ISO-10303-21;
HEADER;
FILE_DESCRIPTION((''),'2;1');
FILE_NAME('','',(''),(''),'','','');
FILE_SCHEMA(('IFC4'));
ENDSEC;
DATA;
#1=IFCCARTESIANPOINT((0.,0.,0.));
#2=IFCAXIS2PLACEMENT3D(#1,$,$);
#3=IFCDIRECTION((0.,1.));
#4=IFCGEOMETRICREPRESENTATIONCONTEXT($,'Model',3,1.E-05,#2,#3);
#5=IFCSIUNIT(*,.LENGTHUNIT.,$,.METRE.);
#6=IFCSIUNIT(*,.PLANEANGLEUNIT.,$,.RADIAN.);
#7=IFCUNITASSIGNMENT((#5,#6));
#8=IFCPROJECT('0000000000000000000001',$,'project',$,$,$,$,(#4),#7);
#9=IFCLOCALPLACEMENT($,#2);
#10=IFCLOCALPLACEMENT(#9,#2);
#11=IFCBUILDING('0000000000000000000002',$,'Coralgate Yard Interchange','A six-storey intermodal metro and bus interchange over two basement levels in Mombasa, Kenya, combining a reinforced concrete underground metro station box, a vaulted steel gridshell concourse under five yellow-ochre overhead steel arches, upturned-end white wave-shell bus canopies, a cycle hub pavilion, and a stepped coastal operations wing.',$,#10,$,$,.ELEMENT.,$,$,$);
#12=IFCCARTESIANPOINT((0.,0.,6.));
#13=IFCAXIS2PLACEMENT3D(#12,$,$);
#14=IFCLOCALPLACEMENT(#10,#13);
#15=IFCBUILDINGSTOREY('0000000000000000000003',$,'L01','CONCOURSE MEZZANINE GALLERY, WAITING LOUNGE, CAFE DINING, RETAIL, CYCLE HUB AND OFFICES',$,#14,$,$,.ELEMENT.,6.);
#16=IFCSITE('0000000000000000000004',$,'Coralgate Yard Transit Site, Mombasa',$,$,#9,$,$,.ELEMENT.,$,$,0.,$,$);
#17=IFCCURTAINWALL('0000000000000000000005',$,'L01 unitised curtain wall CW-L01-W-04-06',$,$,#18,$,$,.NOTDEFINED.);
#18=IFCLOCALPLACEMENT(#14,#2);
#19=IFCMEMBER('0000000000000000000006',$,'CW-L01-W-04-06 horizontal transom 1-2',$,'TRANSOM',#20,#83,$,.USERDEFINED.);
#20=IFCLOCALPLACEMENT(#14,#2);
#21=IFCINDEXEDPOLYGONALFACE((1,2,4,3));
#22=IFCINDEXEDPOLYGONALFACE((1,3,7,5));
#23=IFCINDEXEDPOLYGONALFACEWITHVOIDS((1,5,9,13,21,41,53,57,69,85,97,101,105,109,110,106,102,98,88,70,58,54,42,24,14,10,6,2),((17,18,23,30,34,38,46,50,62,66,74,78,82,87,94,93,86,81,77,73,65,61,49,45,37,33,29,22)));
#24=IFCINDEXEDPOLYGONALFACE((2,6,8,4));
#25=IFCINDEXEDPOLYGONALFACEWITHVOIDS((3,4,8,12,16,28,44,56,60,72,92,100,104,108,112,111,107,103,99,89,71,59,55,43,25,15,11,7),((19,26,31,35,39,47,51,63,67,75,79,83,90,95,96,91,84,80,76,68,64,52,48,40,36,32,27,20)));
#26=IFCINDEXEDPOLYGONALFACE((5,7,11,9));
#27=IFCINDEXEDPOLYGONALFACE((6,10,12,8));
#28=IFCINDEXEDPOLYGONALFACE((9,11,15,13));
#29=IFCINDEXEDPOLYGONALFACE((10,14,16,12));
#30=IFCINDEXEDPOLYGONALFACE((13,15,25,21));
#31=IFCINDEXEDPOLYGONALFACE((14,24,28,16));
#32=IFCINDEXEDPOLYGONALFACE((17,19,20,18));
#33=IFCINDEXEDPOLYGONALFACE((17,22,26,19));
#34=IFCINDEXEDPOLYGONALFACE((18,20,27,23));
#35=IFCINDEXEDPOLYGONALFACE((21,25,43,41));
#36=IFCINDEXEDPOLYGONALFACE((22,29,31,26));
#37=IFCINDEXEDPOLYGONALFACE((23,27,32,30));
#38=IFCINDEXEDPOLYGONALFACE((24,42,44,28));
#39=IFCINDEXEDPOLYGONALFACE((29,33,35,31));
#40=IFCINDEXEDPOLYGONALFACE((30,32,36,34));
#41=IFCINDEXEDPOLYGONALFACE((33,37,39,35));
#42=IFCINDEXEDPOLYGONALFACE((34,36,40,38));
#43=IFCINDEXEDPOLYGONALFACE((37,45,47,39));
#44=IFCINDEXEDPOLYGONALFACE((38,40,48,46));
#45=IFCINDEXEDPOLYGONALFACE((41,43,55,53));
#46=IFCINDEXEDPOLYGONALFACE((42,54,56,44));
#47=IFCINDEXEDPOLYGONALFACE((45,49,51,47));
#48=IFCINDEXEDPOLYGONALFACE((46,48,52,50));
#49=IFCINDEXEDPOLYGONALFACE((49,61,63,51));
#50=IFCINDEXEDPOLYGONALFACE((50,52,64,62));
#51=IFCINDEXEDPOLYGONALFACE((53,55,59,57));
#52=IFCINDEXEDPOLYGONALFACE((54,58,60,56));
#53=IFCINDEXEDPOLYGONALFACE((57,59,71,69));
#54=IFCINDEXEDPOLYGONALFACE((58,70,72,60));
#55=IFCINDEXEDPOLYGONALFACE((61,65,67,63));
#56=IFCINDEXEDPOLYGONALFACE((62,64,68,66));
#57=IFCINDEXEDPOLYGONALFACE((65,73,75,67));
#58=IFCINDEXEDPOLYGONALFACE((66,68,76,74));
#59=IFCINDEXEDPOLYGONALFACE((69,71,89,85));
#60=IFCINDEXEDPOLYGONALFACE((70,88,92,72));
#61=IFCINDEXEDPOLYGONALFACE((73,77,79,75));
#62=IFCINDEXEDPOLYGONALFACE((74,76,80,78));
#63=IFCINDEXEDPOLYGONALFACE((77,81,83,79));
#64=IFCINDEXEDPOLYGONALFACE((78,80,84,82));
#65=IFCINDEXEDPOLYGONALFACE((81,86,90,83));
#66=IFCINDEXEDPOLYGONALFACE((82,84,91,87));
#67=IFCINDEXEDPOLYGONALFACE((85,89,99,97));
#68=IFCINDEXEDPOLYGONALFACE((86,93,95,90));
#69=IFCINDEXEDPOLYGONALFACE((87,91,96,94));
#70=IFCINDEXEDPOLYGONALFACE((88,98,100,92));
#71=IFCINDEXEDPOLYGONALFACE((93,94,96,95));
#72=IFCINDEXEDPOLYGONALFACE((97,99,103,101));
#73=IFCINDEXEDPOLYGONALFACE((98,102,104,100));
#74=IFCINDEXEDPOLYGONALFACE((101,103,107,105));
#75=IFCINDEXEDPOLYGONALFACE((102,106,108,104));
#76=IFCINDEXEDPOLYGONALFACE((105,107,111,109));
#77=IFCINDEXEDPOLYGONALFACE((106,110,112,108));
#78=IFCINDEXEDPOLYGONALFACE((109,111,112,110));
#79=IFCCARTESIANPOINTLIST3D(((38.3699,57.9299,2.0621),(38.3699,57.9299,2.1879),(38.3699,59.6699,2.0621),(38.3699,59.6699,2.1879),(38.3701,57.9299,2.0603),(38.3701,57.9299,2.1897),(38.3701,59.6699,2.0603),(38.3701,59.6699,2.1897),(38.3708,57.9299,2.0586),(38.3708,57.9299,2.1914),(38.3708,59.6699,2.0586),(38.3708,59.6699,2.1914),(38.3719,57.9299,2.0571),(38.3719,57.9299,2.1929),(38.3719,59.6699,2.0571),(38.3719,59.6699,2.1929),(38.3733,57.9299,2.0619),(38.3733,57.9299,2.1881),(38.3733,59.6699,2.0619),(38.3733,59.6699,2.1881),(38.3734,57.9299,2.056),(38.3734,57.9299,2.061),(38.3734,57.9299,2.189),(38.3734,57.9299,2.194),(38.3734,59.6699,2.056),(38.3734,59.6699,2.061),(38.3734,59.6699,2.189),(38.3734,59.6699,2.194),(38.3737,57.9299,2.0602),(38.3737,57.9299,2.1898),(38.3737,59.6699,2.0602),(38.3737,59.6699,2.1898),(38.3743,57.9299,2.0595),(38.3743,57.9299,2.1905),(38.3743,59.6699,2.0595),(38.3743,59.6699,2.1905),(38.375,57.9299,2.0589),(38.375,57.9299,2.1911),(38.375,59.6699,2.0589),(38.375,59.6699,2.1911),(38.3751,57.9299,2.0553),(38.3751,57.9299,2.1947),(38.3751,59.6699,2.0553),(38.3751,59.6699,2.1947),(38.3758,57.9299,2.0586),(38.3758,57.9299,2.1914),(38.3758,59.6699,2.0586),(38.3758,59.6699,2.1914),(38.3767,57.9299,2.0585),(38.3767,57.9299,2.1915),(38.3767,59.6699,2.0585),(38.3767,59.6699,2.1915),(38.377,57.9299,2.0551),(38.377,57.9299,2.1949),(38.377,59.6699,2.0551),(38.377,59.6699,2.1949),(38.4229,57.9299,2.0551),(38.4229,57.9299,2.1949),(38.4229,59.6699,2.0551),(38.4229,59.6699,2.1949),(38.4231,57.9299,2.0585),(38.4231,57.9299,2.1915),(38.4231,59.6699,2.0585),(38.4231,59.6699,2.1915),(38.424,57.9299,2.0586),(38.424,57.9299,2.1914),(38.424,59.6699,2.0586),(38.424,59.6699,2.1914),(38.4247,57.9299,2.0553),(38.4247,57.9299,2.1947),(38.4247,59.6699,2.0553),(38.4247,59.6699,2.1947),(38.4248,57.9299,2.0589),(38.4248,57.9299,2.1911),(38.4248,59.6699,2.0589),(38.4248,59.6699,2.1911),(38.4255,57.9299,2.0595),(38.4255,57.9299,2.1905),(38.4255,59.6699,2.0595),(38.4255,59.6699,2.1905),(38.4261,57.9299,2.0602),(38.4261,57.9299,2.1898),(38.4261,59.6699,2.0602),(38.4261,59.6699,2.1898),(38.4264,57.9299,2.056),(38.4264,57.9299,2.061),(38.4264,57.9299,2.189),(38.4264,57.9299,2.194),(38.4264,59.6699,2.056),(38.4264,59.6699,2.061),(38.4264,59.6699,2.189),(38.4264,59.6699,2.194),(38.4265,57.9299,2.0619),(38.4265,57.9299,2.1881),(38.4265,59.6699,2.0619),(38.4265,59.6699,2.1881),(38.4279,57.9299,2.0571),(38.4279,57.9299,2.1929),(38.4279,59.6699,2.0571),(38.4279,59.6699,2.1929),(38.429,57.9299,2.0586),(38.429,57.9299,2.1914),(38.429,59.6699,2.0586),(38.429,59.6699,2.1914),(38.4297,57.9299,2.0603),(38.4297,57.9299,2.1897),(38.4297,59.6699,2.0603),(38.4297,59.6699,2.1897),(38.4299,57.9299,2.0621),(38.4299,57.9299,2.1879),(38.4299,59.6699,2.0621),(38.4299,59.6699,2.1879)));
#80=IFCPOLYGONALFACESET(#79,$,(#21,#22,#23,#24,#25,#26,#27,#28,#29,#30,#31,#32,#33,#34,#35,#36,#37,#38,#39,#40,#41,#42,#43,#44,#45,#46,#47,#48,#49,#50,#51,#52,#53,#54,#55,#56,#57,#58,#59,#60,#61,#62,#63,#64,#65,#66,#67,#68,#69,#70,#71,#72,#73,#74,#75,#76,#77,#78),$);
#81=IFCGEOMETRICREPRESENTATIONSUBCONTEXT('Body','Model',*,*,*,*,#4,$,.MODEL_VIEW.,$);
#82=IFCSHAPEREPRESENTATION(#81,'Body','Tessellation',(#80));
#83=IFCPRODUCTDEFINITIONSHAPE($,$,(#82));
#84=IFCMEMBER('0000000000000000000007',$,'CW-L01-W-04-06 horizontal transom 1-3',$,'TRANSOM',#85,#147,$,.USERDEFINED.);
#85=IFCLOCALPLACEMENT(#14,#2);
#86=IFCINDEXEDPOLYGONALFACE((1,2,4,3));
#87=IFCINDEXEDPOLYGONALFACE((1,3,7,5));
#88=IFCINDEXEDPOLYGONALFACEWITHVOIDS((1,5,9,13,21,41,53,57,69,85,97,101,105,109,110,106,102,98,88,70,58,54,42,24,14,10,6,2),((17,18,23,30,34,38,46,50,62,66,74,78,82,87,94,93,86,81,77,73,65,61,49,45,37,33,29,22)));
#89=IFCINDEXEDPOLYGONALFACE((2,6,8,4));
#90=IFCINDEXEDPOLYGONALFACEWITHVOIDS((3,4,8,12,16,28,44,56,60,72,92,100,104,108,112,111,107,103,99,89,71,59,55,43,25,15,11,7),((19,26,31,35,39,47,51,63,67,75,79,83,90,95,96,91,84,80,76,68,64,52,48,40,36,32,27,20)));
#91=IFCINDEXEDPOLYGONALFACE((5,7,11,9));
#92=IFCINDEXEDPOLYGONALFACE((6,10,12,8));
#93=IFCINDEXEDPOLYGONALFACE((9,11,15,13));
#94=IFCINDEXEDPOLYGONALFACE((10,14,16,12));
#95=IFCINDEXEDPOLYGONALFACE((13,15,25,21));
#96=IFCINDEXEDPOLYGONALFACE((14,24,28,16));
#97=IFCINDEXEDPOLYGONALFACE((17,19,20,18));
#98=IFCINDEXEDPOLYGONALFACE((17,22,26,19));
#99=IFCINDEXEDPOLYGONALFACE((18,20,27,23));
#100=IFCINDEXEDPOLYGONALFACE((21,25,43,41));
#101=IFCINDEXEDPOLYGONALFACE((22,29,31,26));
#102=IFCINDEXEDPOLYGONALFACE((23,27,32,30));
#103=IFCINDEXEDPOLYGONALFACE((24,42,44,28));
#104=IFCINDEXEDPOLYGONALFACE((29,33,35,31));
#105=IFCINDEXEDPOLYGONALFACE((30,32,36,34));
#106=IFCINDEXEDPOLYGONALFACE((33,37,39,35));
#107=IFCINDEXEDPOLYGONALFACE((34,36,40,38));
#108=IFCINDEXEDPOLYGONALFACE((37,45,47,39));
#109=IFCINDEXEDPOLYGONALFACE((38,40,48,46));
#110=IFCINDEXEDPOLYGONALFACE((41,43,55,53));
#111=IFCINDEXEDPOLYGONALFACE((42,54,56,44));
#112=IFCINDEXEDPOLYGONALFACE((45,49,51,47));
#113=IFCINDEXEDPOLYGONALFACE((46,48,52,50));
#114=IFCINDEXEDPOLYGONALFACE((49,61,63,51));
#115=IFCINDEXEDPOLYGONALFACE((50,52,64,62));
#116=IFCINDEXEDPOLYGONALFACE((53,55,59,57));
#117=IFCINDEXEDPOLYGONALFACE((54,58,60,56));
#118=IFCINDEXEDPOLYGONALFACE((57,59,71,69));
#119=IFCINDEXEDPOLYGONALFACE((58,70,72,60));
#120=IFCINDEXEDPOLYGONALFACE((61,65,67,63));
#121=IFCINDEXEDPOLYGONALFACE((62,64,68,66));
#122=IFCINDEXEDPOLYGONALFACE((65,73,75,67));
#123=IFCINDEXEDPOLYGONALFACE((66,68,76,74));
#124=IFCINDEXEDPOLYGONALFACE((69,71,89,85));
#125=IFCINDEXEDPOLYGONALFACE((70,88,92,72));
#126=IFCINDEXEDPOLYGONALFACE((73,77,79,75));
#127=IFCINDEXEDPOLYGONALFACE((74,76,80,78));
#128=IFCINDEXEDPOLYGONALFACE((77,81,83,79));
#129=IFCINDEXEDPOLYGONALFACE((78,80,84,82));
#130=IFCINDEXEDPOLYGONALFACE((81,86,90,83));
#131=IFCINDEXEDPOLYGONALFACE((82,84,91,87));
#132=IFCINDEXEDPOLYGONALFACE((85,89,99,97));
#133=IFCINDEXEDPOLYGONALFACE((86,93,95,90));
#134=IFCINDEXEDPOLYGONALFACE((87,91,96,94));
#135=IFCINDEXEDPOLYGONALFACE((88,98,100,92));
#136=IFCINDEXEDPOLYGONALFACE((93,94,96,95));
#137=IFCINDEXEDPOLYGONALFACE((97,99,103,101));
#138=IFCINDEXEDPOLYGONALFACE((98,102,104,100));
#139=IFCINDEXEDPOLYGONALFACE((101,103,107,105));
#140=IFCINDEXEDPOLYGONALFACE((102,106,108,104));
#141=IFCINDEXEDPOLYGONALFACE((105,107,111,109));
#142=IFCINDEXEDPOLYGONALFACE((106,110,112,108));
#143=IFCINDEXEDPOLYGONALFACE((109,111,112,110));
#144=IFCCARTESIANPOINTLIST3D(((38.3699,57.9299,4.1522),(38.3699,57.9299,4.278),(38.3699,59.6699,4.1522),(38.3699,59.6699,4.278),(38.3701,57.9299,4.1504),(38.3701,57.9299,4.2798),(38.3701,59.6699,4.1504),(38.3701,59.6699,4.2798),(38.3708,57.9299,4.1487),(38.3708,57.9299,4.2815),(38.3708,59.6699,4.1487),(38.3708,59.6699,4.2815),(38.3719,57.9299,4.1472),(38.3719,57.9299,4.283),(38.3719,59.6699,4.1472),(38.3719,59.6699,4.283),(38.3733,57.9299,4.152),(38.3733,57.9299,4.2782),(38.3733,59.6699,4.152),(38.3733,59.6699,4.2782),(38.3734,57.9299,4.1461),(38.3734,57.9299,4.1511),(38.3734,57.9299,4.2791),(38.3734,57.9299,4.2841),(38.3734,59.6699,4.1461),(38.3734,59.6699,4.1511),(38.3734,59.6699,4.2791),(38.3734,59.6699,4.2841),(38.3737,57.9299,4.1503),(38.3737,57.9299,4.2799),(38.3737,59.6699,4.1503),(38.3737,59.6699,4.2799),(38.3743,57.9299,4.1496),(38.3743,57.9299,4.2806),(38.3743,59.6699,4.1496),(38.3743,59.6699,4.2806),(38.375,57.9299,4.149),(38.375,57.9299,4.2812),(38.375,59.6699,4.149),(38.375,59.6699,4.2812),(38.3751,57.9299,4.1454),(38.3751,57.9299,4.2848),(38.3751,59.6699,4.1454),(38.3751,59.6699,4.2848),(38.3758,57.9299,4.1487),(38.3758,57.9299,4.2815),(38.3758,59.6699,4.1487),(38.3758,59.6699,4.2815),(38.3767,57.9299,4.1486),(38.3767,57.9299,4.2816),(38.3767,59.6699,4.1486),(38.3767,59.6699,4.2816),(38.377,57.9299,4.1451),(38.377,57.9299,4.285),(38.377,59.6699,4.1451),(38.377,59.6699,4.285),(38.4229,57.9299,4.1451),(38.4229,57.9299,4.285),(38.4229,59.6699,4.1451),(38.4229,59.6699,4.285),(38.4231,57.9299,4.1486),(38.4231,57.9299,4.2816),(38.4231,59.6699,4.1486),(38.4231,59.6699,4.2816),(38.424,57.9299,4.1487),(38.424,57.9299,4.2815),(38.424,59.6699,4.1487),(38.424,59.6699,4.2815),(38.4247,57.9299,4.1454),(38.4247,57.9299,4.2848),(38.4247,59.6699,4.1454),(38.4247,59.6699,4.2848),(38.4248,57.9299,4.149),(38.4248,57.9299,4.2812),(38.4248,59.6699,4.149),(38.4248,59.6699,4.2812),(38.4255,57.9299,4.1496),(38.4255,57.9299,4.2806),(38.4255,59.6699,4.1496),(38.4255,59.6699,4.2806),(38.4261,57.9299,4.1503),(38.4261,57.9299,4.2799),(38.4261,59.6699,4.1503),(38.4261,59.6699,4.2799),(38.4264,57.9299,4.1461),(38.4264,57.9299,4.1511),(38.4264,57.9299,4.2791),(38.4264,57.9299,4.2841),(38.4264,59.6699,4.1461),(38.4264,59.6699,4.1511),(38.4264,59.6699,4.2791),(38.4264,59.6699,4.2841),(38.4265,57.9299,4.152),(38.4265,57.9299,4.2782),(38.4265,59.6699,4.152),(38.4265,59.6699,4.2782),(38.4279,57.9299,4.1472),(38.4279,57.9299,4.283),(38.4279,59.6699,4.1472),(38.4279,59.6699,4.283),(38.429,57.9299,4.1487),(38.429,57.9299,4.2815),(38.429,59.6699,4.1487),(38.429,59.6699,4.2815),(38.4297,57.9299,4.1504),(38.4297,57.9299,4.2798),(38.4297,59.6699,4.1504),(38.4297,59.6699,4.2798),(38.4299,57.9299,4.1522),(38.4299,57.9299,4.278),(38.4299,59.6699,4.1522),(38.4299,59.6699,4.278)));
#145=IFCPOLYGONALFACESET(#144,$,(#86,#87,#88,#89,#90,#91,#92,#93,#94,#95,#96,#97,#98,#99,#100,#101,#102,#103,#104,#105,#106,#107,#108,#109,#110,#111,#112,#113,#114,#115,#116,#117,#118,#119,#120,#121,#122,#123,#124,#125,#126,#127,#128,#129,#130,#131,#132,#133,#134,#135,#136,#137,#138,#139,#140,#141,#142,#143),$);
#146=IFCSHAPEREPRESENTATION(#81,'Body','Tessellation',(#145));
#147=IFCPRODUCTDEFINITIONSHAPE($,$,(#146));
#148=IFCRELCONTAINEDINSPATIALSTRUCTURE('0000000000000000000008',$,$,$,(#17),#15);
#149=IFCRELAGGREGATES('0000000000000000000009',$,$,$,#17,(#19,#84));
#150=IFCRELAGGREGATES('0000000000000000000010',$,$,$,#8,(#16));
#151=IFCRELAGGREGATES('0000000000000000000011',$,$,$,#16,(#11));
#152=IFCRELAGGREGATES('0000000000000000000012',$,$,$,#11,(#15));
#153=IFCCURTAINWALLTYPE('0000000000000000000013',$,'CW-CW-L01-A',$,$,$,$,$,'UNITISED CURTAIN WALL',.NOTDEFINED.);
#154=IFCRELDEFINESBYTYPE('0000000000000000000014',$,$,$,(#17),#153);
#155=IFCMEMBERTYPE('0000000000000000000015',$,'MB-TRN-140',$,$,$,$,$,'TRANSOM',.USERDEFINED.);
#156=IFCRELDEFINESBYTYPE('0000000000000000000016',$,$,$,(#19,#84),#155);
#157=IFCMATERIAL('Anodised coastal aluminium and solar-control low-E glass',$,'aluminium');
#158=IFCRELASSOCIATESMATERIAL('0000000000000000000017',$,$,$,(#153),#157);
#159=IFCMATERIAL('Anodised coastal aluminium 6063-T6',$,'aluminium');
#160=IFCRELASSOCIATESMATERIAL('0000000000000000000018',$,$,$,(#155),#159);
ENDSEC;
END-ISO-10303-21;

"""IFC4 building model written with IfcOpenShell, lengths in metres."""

from ifc_helpers import new_model, si_unit, direction, frame, origin, origin_2d, place, context, subcontext, project, spatial, hollow_rectangle, extrude, material, material_profile, profile_set, type_object, element, aggregate, save


model = new_model("IFC4")

# Units and contexts
model_context = context("Model", 3, precision=1e-05, world=origin(), true_north=direction((0.0, 1.0)))
body_context = subcontext(model_context, "Body", "Model", "MODEL_VIEW")
ifc_project = project(units=[si_unit("LENGTHUNIT", "METRE"), si_unit("PLANEANGLEUNIT", "RADIAN")], contexts=[model_context])

# Site, building, storey
site_placement = place(None, origin())
site = spatial("IfcSite", under=ifc_project, at=site_placement, Name="Coralgate Yard Transit Site, Mombasa", CompositionType="ELEMENT", RefElevation=0.0)
building_placement = place(site_placement, origin())
building = spatial("IfcBuilding", under=site, at=building_placement, Name="Coralgate Yard Interchange", Description="A six-storey intermodal metro and bus interchange over two basement levels in Mombasa, Kenya, combining a reinforced concrete underground metro station box, a vaulted steel gridshell concourse under five yellow-ochre overhead steel arches, upturned-end white wave-shell bus canopies, a cycle hub pavilion, and a stepped coastal operations wing.", CompositionType="ELEMENT")
storey_placement = place(building_placement, frame((0.0, 0.0, 6.0)))
storey = spatial("IfcBuildingStorey", under=building, at=storey_placement, Name="L01", Description="CONCOURSE MEZZANINE GALLERY, WAITING LOUNGE, CAFE DINING, RETAIL, CYCLE HUB AND OFFICES", CompositionType="ELEMENT", Elevation=6.0)

# Curtain wall, members
ifc_material_1 = material(Name="Anodised coastal aluminium and solar-control low-E glass", Category="aluminium")
curtain_wall_type = type_object("IfcCurtainWallType", Name="CW-CW-L01-A", ElementType="UNITISED CURTAIN WALL", PredefinedType="NOTDEFINED", material=ifc_material_1)
curtain_wall_placement = place(storey_placement, origin())
curtain_wall = element("IfcCurtainWall", 1, at=curtain_wall_placement, inside=storey, type_object=curtain_wall_type, Name="L01 unitised curtain wall CW-L01-W-04-06", PredefinedType="NOTDEFINED")
ifc_material_2 = material(Name="Anodised coastal aluminium 6063-T6", Category="aluminium")
ifc_material_profile_1 = material_profile(ifc_material_2, hollow_rectangle(XDim=0.0601, YDim=0.1399, WallThickness=0.0034, InnerFilletRadius=0.0034, OuterFilletRadius=0.0071, at=origin_2d()), Name="ALU 60x140x3.5")
ifc_profile_set_1 = profile_set([ifc_material_profile_1], Name="Anodised coastal aluminium 6063-T6")
member_type_1 = type_object("IfcMemberType", Name="MB-TRN-140", ElementType="TRANSOM", PredefinedType="USERDEFINED", material=ifc_profile_set_1)
member_1_placement = place(storey_placement, frame((38.3999, 57.9299, 2.125), z_axis=(0.0, 1.0, 0.0), x_axis=(-1.0, 0.0, 0.0)))
member_1 = element("IfcMember", 2, at=member_1_placement, type_object=member_type_1, Name="CW-L01-W-04-06 horizontal transom 1-2", ObjectType="TRANSOM", PredefinedType="USERDEFINED", context=body_context, shape_type="SweptSolid", body=[
    extrude(hollow_rectangle(XDim=0.0601, YDim=0.1399, WallThickness=0.0034, InnerFilletRadius=0.0034, OuterFilletRadius=0.0071, at=origin_2d()), origin(), (0.0, 0.0, 1.0), 1.74),
])
member_2_placement = place(storey_placement, frame((38.3999, 57.9299, 4.2151), z_axis=(0.0, 1.0, 0.0), x_axis=(-1.0, 0.0, 0.0)))
member_2 = element("IfcMember", 3, at=member_2_placement, type_object=member_type_1, Name="CW-L01-W-04-06 horizontal transom 1-3", ObjectType="TRANSOM", PredefinedType="USERDEFINED", context=body_context, shape_type="SweptSolid", body=[
    extrude(hollow_rectangle(XDim=0.0601, YDim=0.1399, WallThickness=0.0034, InnerFilletRadius=0.0034, OuterFilletRadius=0.0071, at=origin_2d()), origin(), (0.0, 0.0, 1.0), 1.74),
])
aggregate(curtain_wall, [member_1, member_2])

save(model, "model.ifc")
